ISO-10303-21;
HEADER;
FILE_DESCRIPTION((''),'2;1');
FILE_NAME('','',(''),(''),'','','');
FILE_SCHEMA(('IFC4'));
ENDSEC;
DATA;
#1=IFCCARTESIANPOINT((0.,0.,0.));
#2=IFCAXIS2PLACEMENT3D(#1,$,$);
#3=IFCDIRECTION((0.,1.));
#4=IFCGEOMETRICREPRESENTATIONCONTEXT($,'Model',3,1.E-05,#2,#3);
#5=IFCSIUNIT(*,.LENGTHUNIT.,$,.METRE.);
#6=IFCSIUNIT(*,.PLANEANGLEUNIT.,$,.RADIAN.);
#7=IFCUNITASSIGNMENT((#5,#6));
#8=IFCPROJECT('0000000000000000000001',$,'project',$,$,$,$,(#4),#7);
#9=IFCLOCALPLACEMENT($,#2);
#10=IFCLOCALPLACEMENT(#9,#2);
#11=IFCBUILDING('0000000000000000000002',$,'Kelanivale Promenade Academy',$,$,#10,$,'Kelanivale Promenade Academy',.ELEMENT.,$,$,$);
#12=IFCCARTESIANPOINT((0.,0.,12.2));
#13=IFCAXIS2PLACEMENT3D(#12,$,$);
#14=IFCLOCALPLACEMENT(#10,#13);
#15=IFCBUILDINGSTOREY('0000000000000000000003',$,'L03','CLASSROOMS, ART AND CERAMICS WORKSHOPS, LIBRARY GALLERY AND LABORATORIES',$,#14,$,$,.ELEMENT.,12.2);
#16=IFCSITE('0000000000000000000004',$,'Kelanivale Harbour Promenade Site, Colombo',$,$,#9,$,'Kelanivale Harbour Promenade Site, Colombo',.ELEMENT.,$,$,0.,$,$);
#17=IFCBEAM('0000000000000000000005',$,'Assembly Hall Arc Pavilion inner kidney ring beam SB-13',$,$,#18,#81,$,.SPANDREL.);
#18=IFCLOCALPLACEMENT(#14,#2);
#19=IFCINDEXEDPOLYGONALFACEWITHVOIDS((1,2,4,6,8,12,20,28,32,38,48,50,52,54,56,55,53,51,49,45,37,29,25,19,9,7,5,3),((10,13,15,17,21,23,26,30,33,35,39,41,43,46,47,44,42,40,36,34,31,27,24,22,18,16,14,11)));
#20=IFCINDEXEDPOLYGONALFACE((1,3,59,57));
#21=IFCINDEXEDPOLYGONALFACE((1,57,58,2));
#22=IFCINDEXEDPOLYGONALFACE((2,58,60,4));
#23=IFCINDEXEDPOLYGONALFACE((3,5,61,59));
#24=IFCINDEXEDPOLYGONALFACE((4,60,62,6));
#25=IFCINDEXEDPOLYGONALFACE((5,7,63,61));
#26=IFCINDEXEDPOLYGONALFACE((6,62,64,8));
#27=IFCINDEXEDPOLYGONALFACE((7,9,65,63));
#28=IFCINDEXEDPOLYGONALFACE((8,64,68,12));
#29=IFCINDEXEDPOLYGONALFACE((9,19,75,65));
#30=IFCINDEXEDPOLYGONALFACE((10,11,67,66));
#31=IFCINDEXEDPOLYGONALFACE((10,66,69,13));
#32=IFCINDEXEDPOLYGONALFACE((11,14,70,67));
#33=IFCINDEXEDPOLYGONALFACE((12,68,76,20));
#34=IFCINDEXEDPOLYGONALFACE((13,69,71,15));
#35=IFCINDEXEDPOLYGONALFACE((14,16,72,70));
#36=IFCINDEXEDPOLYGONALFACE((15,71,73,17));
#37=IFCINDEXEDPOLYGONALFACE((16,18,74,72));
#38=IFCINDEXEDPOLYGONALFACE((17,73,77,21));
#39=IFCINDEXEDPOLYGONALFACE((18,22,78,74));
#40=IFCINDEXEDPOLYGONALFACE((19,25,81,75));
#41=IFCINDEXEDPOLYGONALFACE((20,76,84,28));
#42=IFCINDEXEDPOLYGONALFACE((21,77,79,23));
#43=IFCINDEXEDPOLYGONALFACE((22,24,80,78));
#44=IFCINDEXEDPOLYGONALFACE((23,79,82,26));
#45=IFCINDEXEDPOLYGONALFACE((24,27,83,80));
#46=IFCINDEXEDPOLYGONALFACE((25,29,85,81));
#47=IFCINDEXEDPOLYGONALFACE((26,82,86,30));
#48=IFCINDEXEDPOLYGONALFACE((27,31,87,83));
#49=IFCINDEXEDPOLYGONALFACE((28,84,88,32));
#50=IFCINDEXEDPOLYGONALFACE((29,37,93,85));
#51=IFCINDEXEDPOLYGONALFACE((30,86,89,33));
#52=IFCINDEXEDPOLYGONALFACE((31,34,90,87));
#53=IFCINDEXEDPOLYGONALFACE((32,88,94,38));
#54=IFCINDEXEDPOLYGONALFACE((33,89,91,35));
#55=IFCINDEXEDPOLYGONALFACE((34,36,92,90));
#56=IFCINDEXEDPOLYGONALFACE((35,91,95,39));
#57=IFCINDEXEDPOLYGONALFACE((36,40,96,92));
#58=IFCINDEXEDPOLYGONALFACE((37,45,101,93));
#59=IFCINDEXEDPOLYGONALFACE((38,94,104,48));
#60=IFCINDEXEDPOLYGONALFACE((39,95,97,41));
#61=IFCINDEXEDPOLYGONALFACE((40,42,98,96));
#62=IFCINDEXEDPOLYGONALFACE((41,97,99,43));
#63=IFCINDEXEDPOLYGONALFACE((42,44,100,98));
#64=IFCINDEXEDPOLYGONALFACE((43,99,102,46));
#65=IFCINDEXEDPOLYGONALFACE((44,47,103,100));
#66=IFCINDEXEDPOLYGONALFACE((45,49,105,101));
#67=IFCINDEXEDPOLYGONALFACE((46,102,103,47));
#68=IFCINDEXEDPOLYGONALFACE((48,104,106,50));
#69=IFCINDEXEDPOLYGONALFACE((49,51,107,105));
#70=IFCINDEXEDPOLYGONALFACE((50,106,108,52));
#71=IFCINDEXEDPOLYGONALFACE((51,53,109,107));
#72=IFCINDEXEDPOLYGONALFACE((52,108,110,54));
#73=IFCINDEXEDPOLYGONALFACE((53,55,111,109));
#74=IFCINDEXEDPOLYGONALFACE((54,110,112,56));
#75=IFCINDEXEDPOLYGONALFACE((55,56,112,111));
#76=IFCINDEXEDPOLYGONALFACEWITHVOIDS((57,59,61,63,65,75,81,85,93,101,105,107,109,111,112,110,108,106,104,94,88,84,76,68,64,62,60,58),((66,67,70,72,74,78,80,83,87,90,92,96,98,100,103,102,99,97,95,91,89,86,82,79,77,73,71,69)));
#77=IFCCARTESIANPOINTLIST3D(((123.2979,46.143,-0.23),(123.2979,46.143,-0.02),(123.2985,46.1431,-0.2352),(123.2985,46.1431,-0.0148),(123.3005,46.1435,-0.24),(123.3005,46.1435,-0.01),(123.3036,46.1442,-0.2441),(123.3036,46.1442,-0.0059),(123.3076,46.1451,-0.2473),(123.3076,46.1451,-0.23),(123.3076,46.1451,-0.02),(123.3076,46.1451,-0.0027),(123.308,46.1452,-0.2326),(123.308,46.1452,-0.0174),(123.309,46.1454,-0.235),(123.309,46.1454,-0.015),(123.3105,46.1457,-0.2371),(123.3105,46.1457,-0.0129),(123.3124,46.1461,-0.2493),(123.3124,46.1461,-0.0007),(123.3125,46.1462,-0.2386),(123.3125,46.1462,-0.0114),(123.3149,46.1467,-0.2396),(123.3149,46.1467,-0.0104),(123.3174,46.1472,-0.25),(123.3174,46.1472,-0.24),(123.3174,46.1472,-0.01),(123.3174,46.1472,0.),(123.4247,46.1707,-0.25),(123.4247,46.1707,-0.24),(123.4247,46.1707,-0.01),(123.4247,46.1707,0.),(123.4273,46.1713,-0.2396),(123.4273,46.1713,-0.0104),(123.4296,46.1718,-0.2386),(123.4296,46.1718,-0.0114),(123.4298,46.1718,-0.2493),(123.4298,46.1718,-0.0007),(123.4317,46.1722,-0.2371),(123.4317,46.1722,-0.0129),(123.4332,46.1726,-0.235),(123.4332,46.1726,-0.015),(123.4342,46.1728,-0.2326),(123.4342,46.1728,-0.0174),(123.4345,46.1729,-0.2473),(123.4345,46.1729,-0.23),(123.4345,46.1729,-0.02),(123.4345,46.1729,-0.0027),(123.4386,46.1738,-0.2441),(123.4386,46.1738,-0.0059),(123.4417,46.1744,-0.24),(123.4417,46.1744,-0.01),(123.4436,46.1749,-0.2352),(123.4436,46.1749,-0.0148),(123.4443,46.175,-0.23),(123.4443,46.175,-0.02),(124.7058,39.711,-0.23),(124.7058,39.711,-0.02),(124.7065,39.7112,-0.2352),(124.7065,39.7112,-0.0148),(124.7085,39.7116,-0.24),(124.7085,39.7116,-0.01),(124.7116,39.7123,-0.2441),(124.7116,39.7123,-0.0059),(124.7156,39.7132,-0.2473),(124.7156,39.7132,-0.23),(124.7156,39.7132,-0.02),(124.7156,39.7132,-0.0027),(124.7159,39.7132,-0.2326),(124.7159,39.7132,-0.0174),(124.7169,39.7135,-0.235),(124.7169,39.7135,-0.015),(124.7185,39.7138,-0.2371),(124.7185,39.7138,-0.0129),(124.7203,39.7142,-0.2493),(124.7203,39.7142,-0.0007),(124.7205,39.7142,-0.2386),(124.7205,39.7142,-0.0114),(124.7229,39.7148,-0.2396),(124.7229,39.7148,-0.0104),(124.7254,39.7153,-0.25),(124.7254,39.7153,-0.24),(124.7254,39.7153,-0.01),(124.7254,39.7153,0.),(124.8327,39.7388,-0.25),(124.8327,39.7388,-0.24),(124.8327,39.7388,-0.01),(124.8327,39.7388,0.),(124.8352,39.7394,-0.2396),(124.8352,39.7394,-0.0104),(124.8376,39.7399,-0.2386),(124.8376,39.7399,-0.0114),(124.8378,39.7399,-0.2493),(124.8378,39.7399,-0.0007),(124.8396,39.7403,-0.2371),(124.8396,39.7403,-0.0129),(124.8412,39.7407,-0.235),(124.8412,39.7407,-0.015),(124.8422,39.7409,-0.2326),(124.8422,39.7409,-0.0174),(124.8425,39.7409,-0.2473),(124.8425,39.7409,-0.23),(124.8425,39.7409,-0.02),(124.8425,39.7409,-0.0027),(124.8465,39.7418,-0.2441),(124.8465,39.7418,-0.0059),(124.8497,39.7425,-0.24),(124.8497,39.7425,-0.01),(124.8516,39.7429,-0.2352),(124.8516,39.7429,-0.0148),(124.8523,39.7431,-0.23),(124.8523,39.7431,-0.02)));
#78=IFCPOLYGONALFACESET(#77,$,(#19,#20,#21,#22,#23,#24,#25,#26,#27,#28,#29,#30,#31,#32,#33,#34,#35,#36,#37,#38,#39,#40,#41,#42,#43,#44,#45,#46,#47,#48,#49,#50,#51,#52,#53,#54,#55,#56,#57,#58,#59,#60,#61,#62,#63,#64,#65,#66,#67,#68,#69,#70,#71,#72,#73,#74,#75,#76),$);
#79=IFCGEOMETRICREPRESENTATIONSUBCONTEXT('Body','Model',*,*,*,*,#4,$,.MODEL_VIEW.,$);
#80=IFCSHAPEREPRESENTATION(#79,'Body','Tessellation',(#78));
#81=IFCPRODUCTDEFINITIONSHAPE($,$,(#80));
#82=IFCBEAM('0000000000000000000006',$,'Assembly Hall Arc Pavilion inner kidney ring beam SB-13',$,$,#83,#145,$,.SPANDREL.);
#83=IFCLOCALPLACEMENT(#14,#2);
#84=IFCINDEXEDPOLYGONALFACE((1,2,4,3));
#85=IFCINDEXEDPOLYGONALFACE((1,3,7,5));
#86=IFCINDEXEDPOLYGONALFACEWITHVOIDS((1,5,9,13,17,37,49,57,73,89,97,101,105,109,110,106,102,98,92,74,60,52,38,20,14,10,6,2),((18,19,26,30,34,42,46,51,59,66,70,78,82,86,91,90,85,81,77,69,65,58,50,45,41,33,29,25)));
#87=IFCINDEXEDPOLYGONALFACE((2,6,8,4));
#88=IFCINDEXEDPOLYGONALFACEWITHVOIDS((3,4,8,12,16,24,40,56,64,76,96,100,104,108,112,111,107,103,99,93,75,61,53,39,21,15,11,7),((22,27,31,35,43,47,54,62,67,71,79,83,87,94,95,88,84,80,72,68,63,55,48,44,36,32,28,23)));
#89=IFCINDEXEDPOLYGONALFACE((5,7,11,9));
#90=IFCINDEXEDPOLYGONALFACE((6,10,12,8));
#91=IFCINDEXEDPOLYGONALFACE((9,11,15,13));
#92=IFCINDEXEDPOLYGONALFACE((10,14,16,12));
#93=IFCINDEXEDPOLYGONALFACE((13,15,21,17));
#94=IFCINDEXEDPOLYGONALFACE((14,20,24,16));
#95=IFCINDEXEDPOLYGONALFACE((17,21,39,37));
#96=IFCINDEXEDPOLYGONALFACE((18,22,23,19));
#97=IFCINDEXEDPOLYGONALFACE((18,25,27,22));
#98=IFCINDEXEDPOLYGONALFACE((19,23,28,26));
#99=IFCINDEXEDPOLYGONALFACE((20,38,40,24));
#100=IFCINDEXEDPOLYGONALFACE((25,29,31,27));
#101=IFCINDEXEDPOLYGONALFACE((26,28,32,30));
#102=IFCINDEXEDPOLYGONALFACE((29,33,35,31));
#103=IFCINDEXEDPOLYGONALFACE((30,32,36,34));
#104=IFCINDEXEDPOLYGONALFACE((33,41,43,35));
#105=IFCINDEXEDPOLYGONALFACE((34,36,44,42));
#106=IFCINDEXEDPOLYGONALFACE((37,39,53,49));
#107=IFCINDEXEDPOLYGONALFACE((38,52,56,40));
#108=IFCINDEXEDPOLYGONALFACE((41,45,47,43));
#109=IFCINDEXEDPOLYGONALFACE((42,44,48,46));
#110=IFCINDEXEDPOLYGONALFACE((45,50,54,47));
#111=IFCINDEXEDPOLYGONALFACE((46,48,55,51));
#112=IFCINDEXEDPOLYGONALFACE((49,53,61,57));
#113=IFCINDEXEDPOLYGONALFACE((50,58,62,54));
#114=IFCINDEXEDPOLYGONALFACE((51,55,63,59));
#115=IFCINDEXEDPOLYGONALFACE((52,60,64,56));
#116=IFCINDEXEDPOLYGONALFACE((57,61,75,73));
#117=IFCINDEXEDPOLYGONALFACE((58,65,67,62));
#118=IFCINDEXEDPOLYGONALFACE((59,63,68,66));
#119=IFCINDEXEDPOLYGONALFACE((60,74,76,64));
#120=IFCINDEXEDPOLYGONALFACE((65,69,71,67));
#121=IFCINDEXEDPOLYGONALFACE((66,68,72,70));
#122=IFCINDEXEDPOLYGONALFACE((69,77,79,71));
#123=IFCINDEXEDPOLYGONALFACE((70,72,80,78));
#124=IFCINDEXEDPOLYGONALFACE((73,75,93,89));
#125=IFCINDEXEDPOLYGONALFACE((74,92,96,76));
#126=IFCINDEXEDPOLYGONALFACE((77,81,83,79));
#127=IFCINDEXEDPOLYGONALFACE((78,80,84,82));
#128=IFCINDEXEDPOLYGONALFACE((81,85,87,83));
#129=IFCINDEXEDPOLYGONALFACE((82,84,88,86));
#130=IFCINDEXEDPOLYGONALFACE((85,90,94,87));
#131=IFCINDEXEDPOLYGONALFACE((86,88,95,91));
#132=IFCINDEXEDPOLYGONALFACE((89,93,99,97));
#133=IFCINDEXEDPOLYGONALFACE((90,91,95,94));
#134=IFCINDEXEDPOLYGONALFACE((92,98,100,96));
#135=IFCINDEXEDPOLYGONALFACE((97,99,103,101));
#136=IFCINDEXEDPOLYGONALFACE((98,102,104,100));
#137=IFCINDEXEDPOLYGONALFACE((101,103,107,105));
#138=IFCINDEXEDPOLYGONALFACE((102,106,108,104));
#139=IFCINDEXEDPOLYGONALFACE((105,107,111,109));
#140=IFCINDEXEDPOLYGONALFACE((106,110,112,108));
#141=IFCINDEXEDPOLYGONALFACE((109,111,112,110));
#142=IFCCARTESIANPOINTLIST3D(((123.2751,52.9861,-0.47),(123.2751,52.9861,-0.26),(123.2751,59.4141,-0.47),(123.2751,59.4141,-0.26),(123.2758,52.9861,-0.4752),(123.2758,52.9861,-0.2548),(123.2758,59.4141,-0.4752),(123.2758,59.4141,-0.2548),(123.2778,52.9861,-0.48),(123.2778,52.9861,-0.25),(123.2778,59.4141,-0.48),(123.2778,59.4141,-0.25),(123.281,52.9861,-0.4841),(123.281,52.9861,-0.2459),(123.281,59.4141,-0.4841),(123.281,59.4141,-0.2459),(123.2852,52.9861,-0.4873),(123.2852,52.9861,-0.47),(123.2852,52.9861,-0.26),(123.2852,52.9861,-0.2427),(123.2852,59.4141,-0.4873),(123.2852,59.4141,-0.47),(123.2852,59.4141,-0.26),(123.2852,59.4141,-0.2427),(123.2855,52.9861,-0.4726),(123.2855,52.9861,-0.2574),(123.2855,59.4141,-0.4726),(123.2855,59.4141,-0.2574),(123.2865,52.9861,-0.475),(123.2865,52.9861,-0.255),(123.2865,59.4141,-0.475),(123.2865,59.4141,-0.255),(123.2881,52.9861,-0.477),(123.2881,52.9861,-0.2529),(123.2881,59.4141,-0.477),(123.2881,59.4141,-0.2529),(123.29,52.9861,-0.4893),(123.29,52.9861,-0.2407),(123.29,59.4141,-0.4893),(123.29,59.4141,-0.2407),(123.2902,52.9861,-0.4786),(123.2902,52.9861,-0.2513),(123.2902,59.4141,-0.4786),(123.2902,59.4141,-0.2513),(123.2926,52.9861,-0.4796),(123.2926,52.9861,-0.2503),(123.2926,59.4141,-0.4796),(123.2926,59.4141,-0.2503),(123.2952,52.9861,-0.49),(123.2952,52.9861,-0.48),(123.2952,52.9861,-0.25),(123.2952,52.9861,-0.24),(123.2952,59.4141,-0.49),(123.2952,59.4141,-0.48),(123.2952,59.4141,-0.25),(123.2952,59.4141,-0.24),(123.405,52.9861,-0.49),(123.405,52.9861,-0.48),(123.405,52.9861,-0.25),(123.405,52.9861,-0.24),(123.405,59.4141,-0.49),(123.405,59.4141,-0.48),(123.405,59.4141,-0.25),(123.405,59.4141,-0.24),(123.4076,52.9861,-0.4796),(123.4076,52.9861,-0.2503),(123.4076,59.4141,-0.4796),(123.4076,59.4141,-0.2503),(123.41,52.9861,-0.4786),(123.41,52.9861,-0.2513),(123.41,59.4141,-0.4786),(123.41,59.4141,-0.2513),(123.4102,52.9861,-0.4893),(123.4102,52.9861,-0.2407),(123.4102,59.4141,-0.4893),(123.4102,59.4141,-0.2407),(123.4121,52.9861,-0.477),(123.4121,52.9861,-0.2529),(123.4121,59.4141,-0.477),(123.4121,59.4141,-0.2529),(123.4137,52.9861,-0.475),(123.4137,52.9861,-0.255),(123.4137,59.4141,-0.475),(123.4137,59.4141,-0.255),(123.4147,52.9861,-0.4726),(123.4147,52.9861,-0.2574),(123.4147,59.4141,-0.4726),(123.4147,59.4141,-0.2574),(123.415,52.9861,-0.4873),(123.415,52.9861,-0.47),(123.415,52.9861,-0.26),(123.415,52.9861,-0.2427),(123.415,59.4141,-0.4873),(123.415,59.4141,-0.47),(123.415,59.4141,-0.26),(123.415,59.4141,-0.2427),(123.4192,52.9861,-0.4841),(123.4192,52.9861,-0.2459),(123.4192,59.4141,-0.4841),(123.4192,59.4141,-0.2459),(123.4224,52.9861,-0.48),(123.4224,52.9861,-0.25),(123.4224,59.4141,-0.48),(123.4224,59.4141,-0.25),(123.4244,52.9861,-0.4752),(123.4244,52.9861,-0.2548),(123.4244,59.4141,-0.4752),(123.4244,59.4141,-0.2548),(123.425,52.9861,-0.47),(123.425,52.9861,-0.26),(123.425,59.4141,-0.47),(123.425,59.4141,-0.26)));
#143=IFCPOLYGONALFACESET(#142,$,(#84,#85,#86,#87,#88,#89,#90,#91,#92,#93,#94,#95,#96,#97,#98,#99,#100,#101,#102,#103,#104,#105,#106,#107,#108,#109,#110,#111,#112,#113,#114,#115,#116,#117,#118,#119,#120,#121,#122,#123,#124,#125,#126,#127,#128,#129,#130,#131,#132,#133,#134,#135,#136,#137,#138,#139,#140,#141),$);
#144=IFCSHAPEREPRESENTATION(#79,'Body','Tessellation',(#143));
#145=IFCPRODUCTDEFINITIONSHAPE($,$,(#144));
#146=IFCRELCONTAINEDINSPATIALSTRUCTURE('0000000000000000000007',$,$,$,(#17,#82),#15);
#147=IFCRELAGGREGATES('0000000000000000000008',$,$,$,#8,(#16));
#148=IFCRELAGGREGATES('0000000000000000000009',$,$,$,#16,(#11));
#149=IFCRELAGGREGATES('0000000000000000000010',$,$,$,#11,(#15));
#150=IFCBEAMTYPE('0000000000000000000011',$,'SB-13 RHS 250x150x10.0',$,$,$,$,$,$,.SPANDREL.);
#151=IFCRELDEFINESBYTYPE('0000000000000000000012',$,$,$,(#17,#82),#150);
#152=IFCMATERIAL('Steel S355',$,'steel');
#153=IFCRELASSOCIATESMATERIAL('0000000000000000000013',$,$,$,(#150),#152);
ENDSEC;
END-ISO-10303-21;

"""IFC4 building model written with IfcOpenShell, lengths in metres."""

from ifc_helpers import new_model, si_unit, direction, frame, origin, origin_2d, place, context, subcontext, project, spatial, hollow_rectangle, extrude, material, material_profile, profile_set, type_object, element, save


model = new_model("IFC4")

# Units and contexts
model_context = context("Model", 3, precision=1e-05, world=origin(), true_north=direction((0.0, 1.0)))
body_context = subcontext(model_context, "Body", "Model", "MODEL_VIEW")
ifc_project = project(units=[si_unit("LENGTHUNIT", "METRE"), si_unit("PLANEANGLEUNIT", "RADIAN")], contexts=[model_context])

# Site, building, storey
site_placement = place(None, origin())
site = spatial("IfcSite", under=ifc_project, at=site_placement, Name="Kelanivale Harbour Promenade Site, Colombo", LongName="Kelanivale Harbour Promenade Site, Colombo", CompositionType="ELEMENT", RefElevation=0.0)
building_placement = place(site_placement, origin())
building = spatial("IfcBuilding", under=site, at=building_placement, Name="Kelanivale Promenade Academy", LongName="Kelanivale Promenade Academy", CompositionType="ELEMENT")
storey_placement = place(building_placement, frame((0.0, 0.0, 12.2)))
storey = spatial("IfcBuildingStorey", under=building, at=storey_placement, Name="L03", Description="CLASSROOMS, ART AND CERAMICS WORKSHOPS, LIBRARY GALLERY AND LABORATORIES", CompositionType="ELEMENT", Elevation=12.2)

# Shared definitions
ifc_material_1 = material(Name="Steel S355", Category="steel")

# Beams
ifc_material_profile_1 = material_profile(ifc_material_1, hollow_rectangle(XDim=0.1499, YDim=0.25, WallThickness=0.01, InnerFilletRadius=0.01, OuterFilletRadius=0.02, at=origin_2d()), Name="RHS 250x150x10.0")
ifc_profile_set_1 = profile_set([ifc_material_profile_1], Name="Steel S355")
beam_type = type_object("IfcBeamType", Name="SB-13 RHS 250x150x10.0", PredefinedType="SPANDREL", material=ifc_profile_set_1)
beam_1_placement = place(storey_placement, frame((124.7791, 39.7271, -0.125), z_axis=(-0.21384, 0.976869, 0.0), x_axis=(-0.976869, -0.21384, 0.0)))
element("IfcBeam", 1, at=beam_1_placement, inside=storey, type_object=beam_type, Name="Assembly Hall Arc Pavilion inner kidney ring beam SB-13", PredefinedType="SPANDREL", context=body_context, shape_type="SweptSolid", body=[
    extrude(hollow_rectangle(XDim=0.1499, YDim=0.25, WallThickness=0.01, InnerFilletRadius=0.01, OuterFilletRadius=0.02, at=origin_2d()), origin(), (0.0, 0.0, 1.0), 6.5842),
])
beam_2_placement = place(storey_placement, frame((123.3501, 52.9861, -0.365), z_axis=(0.0, 1.0, 0.0), x_axis=(-1.0, 0.0, 0.0)))
element("IfcBeam", 2, at=beam_2_placement, inside=storey, type_object=beam_type, Name="Assembly Hall Arc Pavilion inner kidney ring beam SB-13", PredefinedType="SPANDREL", context=body_context, shape_type="SweptSolid", body=[
    extrude(hollow_rectangle(XDim=0.1499, YDim=0.25, WallThickness=0.01, InnerFilletRadius=0.01, OuterFilletRadius=0.02, at=origin_2d()), origin(), (0.0, 0.0, 1.0), 6.428),
])

save(model, "model.ifc")
